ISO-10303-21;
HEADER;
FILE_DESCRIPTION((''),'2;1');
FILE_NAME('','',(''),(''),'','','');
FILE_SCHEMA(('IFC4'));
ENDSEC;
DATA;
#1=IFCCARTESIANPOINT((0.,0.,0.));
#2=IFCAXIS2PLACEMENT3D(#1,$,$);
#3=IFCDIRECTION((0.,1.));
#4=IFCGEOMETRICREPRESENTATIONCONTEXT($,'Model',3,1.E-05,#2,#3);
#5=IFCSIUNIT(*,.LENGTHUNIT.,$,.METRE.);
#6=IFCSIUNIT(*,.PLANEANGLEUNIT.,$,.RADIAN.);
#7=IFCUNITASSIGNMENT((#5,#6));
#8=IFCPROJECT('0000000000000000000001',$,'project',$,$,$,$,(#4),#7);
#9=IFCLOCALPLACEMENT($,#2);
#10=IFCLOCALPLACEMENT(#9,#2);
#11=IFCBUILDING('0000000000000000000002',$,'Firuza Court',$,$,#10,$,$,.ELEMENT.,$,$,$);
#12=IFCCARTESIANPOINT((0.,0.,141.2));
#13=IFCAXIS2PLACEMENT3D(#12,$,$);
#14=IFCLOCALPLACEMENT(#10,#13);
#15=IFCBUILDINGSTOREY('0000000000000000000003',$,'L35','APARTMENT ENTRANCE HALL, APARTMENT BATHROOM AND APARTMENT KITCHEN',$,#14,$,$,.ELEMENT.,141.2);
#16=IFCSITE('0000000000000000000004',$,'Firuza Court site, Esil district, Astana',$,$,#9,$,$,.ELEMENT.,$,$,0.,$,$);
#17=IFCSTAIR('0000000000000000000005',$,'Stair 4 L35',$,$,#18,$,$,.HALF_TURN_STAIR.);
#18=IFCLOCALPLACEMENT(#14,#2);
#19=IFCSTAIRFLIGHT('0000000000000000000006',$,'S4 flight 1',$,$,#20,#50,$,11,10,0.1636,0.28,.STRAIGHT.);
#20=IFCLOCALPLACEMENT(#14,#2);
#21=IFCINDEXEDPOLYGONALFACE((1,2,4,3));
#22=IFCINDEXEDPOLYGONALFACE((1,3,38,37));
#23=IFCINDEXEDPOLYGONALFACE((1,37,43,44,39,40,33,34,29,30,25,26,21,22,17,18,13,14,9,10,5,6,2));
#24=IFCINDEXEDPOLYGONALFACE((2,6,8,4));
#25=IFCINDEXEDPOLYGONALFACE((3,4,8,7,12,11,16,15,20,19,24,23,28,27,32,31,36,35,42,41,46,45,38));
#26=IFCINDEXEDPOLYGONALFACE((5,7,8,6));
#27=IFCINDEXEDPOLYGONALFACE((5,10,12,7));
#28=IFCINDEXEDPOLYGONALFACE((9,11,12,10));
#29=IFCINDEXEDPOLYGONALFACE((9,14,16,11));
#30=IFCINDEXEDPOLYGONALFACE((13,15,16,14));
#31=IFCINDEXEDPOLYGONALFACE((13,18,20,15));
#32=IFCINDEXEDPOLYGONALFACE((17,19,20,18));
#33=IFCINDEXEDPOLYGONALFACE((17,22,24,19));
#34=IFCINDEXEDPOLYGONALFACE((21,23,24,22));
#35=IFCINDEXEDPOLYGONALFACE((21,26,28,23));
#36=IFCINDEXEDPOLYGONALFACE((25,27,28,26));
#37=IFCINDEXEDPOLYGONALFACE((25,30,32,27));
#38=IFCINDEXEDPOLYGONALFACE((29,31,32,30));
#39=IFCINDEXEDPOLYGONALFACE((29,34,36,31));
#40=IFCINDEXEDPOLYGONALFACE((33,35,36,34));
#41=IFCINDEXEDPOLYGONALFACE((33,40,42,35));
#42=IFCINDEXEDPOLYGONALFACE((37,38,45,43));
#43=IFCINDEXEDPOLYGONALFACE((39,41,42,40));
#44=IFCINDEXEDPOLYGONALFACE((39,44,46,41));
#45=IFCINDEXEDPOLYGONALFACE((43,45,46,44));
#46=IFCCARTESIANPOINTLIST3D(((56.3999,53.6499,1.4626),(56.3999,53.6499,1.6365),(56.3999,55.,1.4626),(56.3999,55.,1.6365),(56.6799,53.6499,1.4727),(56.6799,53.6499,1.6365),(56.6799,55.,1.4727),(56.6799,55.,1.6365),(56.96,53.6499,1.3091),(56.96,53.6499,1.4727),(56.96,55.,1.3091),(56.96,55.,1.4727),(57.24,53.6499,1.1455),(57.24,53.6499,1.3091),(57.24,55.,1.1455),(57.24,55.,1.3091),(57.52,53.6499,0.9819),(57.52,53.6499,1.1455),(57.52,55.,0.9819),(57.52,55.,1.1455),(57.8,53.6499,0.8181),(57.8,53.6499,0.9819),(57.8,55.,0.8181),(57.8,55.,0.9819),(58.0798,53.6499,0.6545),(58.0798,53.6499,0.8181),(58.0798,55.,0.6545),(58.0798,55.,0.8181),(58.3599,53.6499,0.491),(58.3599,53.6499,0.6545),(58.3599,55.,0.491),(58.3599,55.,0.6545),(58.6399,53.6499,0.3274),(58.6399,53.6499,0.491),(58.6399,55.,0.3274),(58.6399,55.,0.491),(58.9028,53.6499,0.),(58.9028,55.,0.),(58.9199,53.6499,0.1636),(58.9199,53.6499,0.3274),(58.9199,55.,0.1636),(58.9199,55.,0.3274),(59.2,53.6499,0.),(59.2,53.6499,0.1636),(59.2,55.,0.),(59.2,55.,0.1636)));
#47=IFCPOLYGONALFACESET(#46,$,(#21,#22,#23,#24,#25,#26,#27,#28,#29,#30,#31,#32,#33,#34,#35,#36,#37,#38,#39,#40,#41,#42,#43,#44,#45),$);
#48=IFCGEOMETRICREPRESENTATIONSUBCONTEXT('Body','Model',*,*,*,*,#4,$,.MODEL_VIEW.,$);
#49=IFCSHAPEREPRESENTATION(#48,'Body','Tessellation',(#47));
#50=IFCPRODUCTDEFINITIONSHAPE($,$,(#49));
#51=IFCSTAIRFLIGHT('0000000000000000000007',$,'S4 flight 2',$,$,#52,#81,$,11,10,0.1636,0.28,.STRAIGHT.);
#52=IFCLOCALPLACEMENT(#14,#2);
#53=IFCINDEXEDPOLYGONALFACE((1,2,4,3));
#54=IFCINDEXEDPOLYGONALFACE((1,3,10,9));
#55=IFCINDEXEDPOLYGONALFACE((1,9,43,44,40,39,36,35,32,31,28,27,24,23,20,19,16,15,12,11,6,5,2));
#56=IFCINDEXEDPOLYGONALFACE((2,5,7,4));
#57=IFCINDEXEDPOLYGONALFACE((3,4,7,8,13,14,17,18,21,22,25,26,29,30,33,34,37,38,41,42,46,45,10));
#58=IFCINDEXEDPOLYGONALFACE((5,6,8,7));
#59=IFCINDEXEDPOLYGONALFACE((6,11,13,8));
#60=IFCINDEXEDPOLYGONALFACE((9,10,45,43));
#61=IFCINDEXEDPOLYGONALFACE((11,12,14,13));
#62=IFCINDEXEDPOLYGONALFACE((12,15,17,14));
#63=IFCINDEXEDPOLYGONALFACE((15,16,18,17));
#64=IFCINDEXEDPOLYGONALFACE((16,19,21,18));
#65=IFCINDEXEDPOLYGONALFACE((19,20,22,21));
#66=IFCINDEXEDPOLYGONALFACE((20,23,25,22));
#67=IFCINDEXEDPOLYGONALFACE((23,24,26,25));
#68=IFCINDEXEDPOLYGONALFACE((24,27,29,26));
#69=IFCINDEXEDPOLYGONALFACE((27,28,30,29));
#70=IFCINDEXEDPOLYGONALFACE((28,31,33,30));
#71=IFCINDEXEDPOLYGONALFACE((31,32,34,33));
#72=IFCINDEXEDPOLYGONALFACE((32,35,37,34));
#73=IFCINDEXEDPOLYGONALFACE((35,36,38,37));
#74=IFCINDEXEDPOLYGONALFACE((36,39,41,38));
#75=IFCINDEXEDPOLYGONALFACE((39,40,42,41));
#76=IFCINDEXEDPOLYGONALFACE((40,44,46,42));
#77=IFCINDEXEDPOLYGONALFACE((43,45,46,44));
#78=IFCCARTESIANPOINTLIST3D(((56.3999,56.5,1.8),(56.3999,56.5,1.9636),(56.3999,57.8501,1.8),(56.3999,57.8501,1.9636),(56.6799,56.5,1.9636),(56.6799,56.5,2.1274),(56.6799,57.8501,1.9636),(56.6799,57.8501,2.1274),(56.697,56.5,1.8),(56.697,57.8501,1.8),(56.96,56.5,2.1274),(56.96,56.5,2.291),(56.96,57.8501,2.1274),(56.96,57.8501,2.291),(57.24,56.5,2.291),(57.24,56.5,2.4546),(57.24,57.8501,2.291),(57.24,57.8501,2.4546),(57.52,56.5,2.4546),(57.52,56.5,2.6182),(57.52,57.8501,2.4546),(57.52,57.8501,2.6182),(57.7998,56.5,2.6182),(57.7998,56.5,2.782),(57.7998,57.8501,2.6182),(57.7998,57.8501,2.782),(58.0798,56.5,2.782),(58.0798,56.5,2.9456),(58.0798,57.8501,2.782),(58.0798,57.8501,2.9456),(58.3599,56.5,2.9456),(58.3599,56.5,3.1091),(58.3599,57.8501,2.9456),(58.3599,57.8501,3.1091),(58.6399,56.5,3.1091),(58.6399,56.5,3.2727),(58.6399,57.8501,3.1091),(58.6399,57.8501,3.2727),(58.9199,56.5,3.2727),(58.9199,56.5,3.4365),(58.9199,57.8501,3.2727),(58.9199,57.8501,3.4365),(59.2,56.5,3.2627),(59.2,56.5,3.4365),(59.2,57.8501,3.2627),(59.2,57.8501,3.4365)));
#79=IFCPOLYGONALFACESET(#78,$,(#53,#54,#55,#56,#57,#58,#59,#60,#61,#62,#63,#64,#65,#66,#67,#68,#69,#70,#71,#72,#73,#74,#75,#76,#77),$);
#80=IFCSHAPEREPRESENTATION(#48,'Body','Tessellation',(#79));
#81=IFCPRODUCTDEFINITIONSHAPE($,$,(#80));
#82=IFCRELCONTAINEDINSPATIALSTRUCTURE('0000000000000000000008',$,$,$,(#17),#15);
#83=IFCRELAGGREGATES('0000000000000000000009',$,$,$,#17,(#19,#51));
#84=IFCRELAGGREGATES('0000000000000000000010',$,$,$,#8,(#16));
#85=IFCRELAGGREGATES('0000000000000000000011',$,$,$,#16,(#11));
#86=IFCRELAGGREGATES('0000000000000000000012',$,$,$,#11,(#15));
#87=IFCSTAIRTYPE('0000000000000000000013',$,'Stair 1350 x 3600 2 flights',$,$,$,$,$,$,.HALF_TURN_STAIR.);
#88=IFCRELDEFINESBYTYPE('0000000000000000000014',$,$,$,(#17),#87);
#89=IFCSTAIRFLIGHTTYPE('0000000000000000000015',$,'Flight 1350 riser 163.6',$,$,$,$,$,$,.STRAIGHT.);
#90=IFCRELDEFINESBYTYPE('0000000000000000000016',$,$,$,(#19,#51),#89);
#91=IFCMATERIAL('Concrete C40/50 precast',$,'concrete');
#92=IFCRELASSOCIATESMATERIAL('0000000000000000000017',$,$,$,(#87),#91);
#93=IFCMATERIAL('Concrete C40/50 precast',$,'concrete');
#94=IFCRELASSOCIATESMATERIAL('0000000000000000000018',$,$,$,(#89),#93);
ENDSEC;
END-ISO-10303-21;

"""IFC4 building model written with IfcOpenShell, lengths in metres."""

from ifc_helpers import new_model, si_unit, direction, frame, origin, place, context, subcontext, project, spatial, polyline, outline, extrude, material, type_object, element, aggregate, save


model = new_model("IFC4")

# Units and contexts
model_context = context("Model", 3, precision=1e-05, world=origin(), true_north=direction((0.0, 1.0)))
body_context = subcontext(model_context, "Body", "Model", "MODEL_VIEW")
ifc_project = project(units=[si_unit("LENGTHUNIT", "METRE"), si_unit("PLANEANGLEUNIT", "RADIAN")], contexts=[model_context])

# Site, building, storey
site_placement = place(None, origin())
site = spatial("IfcSite", under=ifc_project, at=site_placement, Name="Firuza Court site, Esil district, Astana", CompositionType="ELEMENT", RefElevation=0.0)
building_placement = place(site_placement, origin())
building = spatial("IfcBuilding", under=site, at=building_placement, Name="Firuza Court", CompositionType="ELEMENT")
storey_placement = place(building_placement, frame((0.0, 0.0, 141.2)))
storey = spatial("IfcBuildingStorey", under=building, at=storey_placement, Name="L35", Description="APARTMENT ENTRANCE HALL, APARTMENT BATHROOM AND APARTMENT KITCHEN", CompositionType="ELEMENT", Elevation=141.2)

# Stair, stair flights
ifc_material_1 = material(Name="Concrete C40/50 precast", Category="concrete")
stair_type = type_object("IfcStairType", Name="Stair 1350 x 3600 2 flights", PredefinedType="HALF_TURN_STAIR", material=ifc_material_1)
stair_placement = place(storey_placement, origin())
stair = element("IfcStair", 1, at=stair_placement, inside=storey, type_object=stair_type, Name="Stair 4 L35", PredefinedType="HALF_TURN_STAIR")
ifc_material_2 = material(Name="Concrete C40/50 precast", Category="concrete")
stair_flight_type = type_object("IfcStairFlightType", Name="Flight 1350 riser 163.6", PredefinedType="STRAIGHT", material=ifc_material_2)
stair_flight_1_placement = place(storey_placement, frame((59.2, 54.325, 0.0), z_axis=(0.0, 0.0, 1.0), x_axis=(-1.0, 0.0, 0.0)))
stair_flight_1 = element("IfcStairFlight", 2, at=stair_flight_1_placement, type_object=stair_flight_type, Name="S4 flight 1", NumberOfRisers=11, NumberOfTreads=10, PredefinedType="STRAIGHT", RiserHeight=0.1636, TreadLength=0.28, context=body_context, shape_type="SweptSolid", body=[
    extrude(outline(polyline([(0.0, 0.0), (0.0, 0.1636), (0.28, 0.1636), (0.28, 0.3274), (0.5601, 0.3274), (0.5601, 0.491), (0.8401, 0.491), (0.8401, 0.6545), (1.1201, 0.6545), (1.1201, 0.8181), (1.3999, 0.8181), (1.3999, 0.9819), (1.6799, 0.9819), (1.6799, 1.1455), (1.96, 1.1455), (1.96, 1.3091), (2.24, 1.3091), (2.24, 1.4727), (2.52, 1.4727), (2.52, 1.6365), (2.8, 1.6365), (2.8, 1.8), (2.8, 1.4626), (0.2971, 0.0), (0.0, 0.0)])), frame((0.0, 0.675, 0.0), z_axis=(0.0, -1.0, 0.0), x_axis=(1.0, 0.0, 0.0)), (0.0, 0.0, 1.0), 1.3501),
])
stair_flight_2_placement = place(storey_placement, frame((56.3999, 57.175, 1.8), z_axis=(0.0, 0.0, 1.0), x_axis=(1.0, 0.0, 0.0)))
stair_flight_2 = element("IfcStairFlight", 3, at=stair_flight_2_placement, type_object=stair_flight_type, Name="S4 flight 2", NumberOfRisers=11, NumberOfTreads=10, PredefinedType="STRAIGHT", RiserHeight=0.1636, TreadLength=0.28, context=body_context, shape_type="SweptSolid", body=[
    extrude(outline(polyline([(0.0, 0.0), (0.0, 0.1636), (0.28, 0.1636), (0.28, 0.3274), (0.5601, 0.3274), (0.5601, 0.491), (0.8401, 0.491), (0.8401, 0.6545), (1.1201, 0.6545), (1.1201, 0.8181), (1.3999, 0.8181), (1.3999, 0.9819), (1.6799, 0.9819), (1.6799, 1.1455), (1.96, 1.1455), (1.96, 1.3091), (2.24, 1.3091), (2.24, 1.4727), (2.52, 1.4727), (2.52, 1.6365), (2.8, 1.6365), (2.8, 1.8), (2.8, 1.4626), (0.2971, 0.0), (0.0, 0.0)])), frame((0.0, 0.675, 0.0), z_axis=(0.0, -1.0, 0.0), x_axis=(1.0, 0.0, 0.0)), (0.0, 0.0, 1.0), 1.3501),
])
aggregate(stair, [stair_flight_1, stair_flight_2])

save(model, "model.ifc")
